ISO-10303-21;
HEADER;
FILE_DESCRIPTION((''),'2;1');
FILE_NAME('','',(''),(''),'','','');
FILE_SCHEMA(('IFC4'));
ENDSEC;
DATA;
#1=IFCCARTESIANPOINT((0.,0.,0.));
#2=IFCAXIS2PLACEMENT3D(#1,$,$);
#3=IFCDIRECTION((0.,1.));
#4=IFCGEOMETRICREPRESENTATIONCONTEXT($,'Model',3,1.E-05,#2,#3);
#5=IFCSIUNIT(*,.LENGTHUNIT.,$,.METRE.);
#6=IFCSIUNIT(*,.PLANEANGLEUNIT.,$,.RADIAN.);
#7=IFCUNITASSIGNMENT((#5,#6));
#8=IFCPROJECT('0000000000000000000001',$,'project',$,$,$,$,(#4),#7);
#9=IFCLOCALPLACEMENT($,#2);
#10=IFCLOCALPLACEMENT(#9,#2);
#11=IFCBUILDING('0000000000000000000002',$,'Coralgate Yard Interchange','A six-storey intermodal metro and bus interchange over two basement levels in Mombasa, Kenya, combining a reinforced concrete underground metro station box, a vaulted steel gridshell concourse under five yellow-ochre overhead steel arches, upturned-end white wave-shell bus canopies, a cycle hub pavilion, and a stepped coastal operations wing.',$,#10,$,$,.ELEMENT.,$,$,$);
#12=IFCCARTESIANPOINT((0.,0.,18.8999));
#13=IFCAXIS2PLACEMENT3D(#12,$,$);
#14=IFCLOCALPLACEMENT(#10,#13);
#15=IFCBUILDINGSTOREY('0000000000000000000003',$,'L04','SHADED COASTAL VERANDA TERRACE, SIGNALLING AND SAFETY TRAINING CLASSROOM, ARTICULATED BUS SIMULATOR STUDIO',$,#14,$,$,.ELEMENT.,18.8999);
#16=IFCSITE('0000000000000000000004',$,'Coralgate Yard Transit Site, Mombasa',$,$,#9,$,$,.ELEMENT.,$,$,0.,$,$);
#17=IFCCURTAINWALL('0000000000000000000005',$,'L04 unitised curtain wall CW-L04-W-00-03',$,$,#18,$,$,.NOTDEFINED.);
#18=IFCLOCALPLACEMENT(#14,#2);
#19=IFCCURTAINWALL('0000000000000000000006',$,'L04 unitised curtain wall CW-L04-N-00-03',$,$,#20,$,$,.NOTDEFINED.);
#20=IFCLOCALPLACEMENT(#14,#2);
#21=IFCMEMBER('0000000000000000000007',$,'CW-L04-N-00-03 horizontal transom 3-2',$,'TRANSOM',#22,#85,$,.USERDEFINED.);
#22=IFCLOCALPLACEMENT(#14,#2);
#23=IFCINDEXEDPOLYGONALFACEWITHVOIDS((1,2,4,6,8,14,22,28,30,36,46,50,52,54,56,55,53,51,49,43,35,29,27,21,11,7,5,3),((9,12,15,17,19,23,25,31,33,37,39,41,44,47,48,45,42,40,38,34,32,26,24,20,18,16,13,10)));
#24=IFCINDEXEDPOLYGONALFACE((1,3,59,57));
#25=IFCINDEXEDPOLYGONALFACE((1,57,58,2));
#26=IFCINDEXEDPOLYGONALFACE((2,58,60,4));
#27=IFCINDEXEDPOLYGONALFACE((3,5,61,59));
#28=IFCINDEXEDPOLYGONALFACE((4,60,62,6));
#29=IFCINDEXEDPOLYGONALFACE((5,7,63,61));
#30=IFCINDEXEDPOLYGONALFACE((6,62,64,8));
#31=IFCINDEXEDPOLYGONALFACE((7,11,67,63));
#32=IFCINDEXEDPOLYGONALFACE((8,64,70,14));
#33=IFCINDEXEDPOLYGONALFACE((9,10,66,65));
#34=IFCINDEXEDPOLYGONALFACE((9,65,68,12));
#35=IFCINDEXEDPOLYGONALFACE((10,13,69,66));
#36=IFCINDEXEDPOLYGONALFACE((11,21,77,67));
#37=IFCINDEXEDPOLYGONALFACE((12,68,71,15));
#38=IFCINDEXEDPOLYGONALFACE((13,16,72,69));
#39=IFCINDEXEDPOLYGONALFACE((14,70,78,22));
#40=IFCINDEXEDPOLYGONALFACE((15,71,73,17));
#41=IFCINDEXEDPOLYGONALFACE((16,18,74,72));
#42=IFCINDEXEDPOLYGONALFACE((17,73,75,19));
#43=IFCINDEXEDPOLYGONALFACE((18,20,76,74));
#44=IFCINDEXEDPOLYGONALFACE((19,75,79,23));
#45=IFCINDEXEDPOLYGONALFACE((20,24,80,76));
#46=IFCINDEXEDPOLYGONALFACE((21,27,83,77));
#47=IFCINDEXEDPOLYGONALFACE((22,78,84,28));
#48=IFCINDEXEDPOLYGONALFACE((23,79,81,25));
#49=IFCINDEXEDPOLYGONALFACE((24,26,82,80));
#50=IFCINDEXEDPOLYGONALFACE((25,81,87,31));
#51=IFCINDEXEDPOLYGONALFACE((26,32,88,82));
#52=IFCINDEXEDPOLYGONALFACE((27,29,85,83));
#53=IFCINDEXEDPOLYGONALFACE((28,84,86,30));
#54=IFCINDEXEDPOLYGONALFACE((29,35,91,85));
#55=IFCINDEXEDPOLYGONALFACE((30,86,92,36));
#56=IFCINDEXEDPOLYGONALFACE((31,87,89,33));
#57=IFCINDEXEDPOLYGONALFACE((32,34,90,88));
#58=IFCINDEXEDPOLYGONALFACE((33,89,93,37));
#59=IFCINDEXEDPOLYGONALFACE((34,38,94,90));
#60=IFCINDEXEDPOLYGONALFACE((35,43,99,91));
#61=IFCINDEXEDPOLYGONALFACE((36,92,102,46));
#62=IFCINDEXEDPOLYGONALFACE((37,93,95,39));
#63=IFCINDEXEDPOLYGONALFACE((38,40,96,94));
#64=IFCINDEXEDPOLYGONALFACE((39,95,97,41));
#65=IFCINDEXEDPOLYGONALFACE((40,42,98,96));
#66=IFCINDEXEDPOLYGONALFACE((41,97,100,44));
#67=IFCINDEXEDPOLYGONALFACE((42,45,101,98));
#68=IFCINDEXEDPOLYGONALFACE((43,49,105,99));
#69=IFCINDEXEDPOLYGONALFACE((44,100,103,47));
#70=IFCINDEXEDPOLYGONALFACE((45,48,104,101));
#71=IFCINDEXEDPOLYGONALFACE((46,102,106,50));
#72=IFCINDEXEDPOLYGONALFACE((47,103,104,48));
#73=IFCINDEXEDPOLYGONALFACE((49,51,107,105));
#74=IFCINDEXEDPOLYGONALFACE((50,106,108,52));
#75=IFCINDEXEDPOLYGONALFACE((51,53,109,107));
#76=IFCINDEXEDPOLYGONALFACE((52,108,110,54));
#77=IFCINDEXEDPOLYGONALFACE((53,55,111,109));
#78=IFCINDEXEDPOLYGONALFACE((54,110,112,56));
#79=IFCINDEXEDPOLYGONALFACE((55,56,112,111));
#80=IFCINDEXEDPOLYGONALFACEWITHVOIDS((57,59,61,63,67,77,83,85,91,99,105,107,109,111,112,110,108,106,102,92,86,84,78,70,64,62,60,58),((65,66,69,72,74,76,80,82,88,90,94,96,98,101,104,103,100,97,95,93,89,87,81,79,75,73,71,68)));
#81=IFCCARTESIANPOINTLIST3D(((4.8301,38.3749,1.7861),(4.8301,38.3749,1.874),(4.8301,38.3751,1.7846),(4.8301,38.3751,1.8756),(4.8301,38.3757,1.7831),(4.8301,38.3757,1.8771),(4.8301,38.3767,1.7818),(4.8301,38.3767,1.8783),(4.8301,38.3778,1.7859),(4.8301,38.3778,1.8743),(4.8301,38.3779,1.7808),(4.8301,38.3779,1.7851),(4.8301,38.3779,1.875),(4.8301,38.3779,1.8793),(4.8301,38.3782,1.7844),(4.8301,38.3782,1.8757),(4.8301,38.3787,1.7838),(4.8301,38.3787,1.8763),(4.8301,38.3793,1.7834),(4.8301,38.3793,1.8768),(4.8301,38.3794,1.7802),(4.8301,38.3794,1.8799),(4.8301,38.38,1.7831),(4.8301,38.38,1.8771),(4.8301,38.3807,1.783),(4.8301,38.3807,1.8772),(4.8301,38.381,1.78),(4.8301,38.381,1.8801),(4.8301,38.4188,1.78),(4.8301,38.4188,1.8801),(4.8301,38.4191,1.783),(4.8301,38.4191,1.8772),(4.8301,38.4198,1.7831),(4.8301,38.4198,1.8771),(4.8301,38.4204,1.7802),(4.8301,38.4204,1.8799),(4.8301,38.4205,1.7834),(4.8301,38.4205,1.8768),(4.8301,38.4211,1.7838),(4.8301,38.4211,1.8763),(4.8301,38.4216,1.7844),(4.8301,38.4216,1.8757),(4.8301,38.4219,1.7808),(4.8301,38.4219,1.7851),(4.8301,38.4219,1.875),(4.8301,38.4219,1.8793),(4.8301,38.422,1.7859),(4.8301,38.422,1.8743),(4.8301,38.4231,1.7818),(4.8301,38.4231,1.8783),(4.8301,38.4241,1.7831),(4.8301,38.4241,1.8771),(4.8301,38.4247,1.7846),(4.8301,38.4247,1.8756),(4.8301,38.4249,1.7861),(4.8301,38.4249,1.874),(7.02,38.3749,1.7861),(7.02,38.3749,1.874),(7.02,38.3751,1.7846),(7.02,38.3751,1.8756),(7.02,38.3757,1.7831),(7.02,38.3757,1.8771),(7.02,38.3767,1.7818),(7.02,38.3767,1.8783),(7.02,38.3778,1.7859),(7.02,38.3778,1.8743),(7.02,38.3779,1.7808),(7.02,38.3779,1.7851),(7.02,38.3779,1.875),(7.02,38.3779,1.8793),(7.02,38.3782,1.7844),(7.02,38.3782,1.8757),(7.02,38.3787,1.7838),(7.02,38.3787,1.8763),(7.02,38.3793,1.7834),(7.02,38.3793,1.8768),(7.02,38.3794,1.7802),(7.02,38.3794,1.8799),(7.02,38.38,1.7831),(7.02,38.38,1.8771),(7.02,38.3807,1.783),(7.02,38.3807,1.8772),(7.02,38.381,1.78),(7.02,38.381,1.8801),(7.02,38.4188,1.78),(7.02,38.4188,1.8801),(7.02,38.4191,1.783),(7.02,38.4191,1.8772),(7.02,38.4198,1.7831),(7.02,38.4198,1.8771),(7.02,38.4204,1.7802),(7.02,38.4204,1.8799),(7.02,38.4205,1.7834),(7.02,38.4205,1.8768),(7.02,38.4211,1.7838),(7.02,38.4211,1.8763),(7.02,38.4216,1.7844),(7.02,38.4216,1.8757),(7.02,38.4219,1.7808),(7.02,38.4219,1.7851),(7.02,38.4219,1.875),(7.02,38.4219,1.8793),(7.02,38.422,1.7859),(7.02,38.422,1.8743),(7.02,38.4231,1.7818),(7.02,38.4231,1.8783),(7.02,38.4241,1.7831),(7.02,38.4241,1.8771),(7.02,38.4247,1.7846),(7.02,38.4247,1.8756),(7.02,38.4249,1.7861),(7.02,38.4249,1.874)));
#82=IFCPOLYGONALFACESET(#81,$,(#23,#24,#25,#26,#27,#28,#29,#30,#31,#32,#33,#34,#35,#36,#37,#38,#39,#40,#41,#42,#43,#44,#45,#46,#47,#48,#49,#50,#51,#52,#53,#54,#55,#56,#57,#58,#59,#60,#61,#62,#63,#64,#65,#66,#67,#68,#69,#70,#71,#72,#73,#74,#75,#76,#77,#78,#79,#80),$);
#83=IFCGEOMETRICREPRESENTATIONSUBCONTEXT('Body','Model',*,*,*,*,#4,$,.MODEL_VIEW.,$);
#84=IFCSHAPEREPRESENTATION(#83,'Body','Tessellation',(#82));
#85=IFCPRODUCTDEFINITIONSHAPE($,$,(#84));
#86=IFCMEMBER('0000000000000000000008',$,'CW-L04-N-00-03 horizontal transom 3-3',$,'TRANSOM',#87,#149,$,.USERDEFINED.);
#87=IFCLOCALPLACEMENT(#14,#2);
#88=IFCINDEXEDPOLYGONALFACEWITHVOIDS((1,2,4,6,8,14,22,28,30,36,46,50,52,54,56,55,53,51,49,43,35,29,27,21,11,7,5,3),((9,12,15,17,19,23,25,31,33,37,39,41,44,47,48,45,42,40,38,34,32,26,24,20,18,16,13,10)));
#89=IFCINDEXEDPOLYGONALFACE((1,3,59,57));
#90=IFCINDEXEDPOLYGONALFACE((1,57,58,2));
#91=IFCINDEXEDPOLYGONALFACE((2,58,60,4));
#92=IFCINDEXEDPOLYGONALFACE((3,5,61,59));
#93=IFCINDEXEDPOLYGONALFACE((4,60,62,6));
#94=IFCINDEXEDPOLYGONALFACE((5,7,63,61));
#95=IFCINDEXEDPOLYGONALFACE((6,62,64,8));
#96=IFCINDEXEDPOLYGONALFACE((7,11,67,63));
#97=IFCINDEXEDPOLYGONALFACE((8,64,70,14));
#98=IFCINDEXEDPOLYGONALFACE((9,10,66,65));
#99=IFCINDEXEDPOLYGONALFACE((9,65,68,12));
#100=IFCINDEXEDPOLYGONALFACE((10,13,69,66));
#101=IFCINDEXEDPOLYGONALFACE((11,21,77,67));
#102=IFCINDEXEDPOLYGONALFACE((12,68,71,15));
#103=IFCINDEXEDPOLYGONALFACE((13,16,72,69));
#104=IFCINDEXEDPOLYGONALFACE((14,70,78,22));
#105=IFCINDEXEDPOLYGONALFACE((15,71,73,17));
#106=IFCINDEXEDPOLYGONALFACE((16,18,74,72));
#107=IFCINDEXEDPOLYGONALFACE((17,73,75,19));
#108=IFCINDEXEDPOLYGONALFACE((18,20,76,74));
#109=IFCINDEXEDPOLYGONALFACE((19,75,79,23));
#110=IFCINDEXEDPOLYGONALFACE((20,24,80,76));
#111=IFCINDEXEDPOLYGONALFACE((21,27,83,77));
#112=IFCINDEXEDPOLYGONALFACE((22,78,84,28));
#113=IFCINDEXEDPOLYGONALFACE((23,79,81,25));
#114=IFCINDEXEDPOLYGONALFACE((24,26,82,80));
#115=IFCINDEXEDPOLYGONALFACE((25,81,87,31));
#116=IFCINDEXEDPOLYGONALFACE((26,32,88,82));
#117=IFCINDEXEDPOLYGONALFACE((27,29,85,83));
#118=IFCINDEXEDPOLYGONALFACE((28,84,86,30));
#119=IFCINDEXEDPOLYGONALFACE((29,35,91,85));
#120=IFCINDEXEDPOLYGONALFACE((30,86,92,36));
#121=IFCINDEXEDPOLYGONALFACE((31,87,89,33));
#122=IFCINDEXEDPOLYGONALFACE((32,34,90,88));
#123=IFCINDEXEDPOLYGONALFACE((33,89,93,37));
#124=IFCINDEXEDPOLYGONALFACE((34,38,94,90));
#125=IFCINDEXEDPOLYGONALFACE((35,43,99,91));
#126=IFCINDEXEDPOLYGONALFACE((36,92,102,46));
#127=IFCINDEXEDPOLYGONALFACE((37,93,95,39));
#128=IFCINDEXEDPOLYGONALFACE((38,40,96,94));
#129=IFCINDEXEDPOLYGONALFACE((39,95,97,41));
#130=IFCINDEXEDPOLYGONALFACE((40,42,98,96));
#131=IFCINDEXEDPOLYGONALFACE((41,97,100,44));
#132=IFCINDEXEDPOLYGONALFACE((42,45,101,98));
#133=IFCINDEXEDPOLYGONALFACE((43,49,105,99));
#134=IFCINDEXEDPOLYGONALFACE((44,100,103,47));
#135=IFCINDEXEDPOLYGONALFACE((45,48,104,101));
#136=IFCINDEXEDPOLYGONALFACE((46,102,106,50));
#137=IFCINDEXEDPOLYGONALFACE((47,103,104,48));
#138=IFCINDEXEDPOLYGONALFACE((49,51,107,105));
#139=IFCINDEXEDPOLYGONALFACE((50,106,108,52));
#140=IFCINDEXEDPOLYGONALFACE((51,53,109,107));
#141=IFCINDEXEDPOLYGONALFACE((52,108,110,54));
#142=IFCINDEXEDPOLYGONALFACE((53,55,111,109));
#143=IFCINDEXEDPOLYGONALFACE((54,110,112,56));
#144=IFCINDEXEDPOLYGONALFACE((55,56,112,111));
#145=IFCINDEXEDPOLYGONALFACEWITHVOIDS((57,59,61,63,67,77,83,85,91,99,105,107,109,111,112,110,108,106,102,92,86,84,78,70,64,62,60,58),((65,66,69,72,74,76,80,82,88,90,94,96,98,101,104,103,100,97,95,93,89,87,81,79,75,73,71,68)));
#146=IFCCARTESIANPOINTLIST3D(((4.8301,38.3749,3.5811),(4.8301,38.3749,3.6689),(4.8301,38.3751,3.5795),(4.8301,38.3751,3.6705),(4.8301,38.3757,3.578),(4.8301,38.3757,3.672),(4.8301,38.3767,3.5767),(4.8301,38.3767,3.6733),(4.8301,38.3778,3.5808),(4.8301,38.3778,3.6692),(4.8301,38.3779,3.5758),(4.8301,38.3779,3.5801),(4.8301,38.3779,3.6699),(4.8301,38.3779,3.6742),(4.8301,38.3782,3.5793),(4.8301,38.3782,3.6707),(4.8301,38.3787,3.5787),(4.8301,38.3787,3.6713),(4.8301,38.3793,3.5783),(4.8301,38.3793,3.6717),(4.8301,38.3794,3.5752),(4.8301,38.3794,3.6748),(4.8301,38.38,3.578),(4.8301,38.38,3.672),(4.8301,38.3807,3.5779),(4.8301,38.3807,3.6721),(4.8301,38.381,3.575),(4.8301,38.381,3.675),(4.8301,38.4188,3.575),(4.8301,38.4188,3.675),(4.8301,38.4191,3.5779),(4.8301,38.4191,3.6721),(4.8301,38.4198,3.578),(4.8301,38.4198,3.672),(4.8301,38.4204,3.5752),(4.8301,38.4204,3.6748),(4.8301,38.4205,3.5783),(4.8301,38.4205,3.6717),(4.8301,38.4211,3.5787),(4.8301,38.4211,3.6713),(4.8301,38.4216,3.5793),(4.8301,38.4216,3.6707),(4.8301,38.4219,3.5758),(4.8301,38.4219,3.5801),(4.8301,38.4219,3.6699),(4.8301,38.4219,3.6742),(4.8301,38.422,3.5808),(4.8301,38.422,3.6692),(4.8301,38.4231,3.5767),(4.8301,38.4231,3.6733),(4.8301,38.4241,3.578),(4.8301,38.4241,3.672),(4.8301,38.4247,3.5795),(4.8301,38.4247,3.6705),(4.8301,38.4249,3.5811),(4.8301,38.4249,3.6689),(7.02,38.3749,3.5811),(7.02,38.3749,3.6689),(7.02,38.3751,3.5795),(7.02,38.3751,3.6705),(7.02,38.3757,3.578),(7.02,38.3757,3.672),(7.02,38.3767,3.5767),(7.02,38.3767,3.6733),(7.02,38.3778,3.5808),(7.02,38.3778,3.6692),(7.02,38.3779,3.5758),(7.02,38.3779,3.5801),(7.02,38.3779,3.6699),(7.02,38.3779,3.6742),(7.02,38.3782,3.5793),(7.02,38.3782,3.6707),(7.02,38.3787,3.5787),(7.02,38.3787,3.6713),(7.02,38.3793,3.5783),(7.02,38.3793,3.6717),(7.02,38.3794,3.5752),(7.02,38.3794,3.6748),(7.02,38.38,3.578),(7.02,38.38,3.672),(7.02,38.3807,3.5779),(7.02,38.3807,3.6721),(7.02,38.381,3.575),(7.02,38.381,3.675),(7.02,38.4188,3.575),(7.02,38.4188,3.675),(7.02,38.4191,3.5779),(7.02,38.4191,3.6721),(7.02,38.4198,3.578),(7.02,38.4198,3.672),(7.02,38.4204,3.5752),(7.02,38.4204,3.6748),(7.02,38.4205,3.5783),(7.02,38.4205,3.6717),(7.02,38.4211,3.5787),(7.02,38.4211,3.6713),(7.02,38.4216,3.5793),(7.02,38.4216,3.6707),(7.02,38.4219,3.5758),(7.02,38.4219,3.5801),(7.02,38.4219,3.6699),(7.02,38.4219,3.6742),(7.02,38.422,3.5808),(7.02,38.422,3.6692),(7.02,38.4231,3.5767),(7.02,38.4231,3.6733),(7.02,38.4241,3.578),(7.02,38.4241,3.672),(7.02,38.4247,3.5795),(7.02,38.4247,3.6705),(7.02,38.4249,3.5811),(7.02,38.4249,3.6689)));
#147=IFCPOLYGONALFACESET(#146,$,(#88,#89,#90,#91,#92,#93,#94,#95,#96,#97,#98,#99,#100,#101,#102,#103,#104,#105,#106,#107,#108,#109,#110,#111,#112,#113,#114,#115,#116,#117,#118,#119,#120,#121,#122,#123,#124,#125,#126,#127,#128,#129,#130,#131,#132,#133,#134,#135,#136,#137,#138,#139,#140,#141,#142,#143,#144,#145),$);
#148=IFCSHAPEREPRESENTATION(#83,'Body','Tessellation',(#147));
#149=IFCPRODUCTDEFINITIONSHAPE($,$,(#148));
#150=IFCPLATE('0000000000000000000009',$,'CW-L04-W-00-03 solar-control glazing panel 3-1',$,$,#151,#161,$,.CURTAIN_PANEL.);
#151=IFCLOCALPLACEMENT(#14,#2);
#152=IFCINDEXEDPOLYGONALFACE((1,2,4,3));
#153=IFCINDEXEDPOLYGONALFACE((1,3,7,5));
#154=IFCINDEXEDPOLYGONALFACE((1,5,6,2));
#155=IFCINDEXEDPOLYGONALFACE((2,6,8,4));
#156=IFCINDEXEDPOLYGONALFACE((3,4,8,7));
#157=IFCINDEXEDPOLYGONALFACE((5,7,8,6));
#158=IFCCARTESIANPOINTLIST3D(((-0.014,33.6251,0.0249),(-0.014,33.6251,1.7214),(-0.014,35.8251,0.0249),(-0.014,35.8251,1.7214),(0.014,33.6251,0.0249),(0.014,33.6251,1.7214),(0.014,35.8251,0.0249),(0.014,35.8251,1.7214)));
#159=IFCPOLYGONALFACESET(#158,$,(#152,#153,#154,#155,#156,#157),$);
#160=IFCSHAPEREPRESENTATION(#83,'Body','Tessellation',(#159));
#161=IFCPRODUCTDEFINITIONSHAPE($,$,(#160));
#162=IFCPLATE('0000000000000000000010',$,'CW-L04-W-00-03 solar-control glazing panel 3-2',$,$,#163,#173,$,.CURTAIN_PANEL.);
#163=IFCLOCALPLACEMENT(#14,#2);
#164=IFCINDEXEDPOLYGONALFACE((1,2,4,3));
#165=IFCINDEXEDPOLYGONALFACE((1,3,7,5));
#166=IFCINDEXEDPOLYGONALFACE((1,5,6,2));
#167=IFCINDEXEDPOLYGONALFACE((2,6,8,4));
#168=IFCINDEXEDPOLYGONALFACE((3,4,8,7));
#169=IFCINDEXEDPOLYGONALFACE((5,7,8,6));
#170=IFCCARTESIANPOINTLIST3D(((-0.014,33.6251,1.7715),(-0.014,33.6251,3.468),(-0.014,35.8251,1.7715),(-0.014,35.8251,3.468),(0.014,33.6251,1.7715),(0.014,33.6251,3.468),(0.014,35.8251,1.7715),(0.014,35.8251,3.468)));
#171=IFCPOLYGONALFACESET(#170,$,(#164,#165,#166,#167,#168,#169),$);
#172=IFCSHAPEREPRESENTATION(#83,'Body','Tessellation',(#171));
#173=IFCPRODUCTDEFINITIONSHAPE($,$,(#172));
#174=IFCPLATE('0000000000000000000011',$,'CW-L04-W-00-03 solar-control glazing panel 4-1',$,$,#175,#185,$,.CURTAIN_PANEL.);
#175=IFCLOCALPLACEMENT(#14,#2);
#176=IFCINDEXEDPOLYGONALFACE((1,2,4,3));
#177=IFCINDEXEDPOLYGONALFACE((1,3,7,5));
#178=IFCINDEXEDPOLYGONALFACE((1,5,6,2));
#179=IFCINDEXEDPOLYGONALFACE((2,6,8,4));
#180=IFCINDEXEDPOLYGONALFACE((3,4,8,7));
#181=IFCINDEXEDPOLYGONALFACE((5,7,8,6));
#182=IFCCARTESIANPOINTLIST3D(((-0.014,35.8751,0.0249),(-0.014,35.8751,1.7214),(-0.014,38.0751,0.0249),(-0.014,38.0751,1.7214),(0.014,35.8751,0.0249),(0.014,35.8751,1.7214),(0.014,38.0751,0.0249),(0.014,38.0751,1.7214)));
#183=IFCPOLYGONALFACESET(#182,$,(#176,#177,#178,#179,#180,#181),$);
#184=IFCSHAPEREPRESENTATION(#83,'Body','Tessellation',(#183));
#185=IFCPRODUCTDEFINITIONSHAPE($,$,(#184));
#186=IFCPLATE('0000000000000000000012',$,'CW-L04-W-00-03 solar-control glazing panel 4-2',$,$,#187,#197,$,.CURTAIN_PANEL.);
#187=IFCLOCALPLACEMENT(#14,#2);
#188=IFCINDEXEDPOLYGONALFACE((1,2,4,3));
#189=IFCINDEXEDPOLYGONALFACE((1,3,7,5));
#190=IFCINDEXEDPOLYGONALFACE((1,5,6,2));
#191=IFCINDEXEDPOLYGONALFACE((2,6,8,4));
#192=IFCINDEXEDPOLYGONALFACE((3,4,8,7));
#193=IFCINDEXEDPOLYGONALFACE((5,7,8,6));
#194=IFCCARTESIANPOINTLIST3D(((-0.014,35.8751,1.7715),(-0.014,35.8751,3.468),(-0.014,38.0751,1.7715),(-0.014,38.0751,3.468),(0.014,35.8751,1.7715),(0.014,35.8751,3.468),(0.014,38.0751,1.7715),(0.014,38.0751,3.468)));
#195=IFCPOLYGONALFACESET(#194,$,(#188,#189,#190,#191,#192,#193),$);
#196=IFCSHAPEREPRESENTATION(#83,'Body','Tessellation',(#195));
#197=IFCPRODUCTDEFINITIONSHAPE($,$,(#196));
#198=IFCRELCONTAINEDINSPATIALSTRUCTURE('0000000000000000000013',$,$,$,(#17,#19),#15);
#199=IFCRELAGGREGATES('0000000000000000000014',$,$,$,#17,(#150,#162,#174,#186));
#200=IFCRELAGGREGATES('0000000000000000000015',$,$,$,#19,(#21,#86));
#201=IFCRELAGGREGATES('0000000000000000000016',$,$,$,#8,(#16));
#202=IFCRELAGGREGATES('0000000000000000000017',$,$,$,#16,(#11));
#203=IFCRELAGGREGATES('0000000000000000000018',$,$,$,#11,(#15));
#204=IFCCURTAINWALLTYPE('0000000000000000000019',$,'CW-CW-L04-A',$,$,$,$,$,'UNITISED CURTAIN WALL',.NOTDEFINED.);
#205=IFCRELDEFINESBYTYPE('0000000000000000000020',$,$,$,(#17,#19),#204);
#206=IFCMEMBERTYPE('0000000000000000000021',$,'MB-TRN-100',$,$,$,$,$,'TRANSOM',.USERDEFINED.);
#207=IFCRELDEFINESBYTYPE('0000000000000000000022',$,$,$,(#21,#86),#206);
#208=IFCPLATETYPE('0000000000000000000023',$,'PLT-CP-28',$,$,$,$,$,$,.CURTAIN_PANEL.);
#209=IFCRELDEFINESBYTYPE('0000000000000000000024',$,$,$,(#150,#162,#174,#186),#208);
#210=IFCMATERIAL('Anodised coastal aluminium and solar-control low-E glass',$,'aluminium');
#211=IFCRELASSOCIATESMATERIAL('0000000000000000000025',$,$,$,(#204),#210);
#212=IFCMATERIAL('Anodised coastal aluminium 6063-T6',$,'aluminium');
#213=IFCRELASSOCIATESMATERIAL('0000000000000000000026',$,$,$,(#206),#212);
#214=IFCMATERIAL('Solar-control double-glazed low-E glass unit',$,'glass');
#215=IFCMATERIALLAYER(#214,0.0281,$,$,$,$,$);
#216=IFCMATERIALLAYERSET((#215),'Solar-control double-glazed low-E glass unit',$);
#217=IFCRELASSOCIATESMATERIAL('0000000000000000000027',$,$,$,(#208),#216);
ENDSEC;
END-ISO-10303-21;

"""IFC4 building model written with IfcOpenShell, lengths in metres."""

from ifc_helpers import new_model, si_unit, direction, frame, origin, origin_2d, place, context, subcontext, project, spatial, rectangle, hollow_rectangle, extrude, material, layer, layer_set, material_profile, profile_set, type_object, element, aggregate, save


model = new_model("IFC4")

# Units and contexts
model_context = context("Model", 3, precision=1e-05, world=origin(), true_north=direction((0.0, 1.0)))
body_context = subcontext(model_context, "Body", "Model", "MODEL_VIEW")
ifc_project = project(units=[si_unit("LENGTHUNIT", "METRE"), si_unit("PLANEANGLEUNIT", "RADIAN")], contexts=[model_context])

# Site, building, storey
site_placement = place(None, origin())
site = spatial("IfcSite", under=ifc_project, at=site_placement, Name="Coralgate Yard Transit Site, Mombasa", CompositionType="ELEMENT", RefElevation=0.0)
building_placement = place(site_placement, origin())
building = spatial("IfcBuilding", under=site, at=building_placement, Name="Coralgate Yard Interchange", Description="A six-storey intermodal metro and bus interchange over two basement levels in Mombasa, Kenya, combining a reinforced concrete underground metro station box, a vaulted steel gridshell concourse under five yellow-ochre overhead steel arches, upturned-end white wave-shell bus canopies, a cycle hub pavilion, and a stepped coastal operations wing.", CompositionType="ELEMENT")
storey_placement = place(building_placement, frame((0.0, 0.0, 18.8999)))
storey = spatial("IfcBuildingStorey", under=building, at=storey_placement, Name="L04", Description="SHADED COASTAL VERANDA TERRACE, SIGNALLING AND SAFETY TRAINING CLASSROOM, ARTICULATED BUS SIMULATOR STUDIO", CompositionType="ELEMENT", Elevation=18.8999)

# Curtain walls
ifc_material_1 = material(Name="Anodised coastal aluminium and solar-control low-E glass", Category="aluminium")
curtain_wall_type = type_object("IfcCurtainWallType", Name="CW-CW-L04-A", ElementType="UNITISED CURTAIN WALL", PredefinedType="NOTDEFINED", material=ifc_material_1)
curtain_wall_1_placement = place(storey_placement, origin())
curtain_wall_1 = element("IfcCurtainWall", 1, at=curtain_wall_1_placement, inside=storey, type_object=curtain_wall_type, Name="L04 unitised curtain wall CW-L04-W-00-03", PredefinedType="NOTDEFINED")
ifc_material_2 = material(Name="Anodised coastal aluminium 6063-T6", Category="aluminium")
curtain_wall_2_placement = place(storey_placement, origin())
curtain_wall_2 = element("IfcCurtainWall", 2, at=curtain_wall_2_placement, inside=storey, type_object=curtain_wall_type, Name="L04 unitised curtain wall CW-L04-N-00-03", PredefinedType="NOTDEFINED")

# Members
ifc_material_profile_1 = material_profile(ifc_material_2, hollow_rectangle(XDim=0.05, YDim=0.1001, WallThickness=0.0029, InnerFilletRadius=0.0029, OuterFilletRadius=0.0061, at=origin_2d()), Name="ALU 50x100x3")
ifc_profile_set_1 = profile_set([ifc_material_profile_1], Name="Anodised coastal aluminium 6063-T6")
member_type_1 = type_object("IfcMemberType", Name="MB-TRN-100", ElementType="TRANSOM", PredefinedType="USERDEFINED", material=ifc_profile_set_1)
member_1_placement = place(storey_placement, frame((4.8301, 38.3999, 1.8301), z_axis=(1.0, 0.0, 0.0), x_axis=(0.0, 1.0, 0.0)))
member_1 = element("IfcMember", 3, at=member_1_placement, type_object=member_type_1, Name="CW-L04-N-00-03 horizontal transom 3-2", ObjectType="TRANSOM", PredefinedType="USERDEFINED", context=body_context, shape_type="SweptSolid", body=[
    extrude(hollow_rectangle(XDim=0.05, YDim=0.1001, WallThickness=0.0029, InnerFilletRadius=0.0029, OuterFilletRadius=0.0061, at=origin_2d()), origin(), (0.0, 0.0, 1.0), 2.1899),
])
member_2_placement = place(storey_placement, frame((4.8301, 38.3999, 3.625), z_axis=(1.0, 0.0, 0.0), x_axis=(0.0, 1.0, 0.0)))
member_2 = element("IfcMember", 4, at=member_2_placement, type_object=member_type_1, Name="CW-L04-N-00-03 horizontal transom 3-3", ObjectType="TRANSOM", PredefinedType="USERDEFINED", context=body_context, shape_type="SweptSolid", body=[
    extrude(hollow_rectangle(XDim=0.05, YDim=0.1001, WallThickness=0.0029, InnerFilletRadius=0.0029, OuterFilletRadius=0.0061, at=origin_2d()), origin(), (0.0, 0.0, 1.0), 2.1899),
])

# Plates
ifc_material_3 = material(Name="Solar-control double-glazed low-E glass unit", Category="glass")
ifc_layer_1 = layer(ifc_material_3, 0.0281)
ifc_layer_set_1 = layer_set([ifc_layer_1], Name="Solar-control double-glazed low-E glass unit")
plate_type = type_object("IfcPlateType", Name="PLT-CP-28", PredefinedType="CURTAIN_PANEL", material=ifc_layer_set_1)
plate_1_placement = place(storey_placement, frame((0.0, 34.7251, 0.0249), z_axis=(0.0, 0.0, 1.0), x_axis=(0.0, 1.0, 0.0)))
plate_1 = element("IfcPlate", 5, at=plate_1_placement, type_object=plate_type, Name="CW-L04-W-00-03 solar-control glazing panel 3-1", PredefinedType="CURTAIN_PANEL", context=body_context, shape_type="SweptSolid", body=[
    extrude(rectangle(XDim=2.2, YDim=0.0281, at=origin_2d()), origin(), (0.0, 0.0, 1.0), 1.6965),
])
plate_2_placement = place(storey_placement, frame((0.0, 34.7251, 1.7715), z_axis=(0.0, 0.0, 1.0), x_axis=(0.0, 1.0, 0.0)))
plate_2 = element("IfcPlate", 6, at=plate_2_placement, type_object=plate_type, Name="CW-L04-W-00-03 solar-control glazing panel 3-2", PredefinedType="CURTAIN_PANEL", context=body_context, shape_type="SweptSolid", body=[
    extrude(rectangle(XDim=2.2, YDim=0.0281, at=origin_2d()), origin(), (0.0, 0.0, 1.0), 1.6965),
])
plate_3_placement = place(storey_placement, frame((0.0, 36.9751, 0.0249), z_axis=(0.0, 0.0, 1.0), x_axis=(0.0, 1.0, 0.0)))
plate_3 = element("IfcPlate", 7, at=plate_3_placement, type_object=plate_type, Name="CW-L04-W-00-03 solar-control glazing panel 4-1", PredefinedType="CURTAIN_PANEL", context=body_context, shape_type="SweptSolid", body=[
    extrude(rectangle(XDim=2.2, YDim=0.0281, at=origin_2d()), origin(), (0.0, 0.0, 1.0), 1.6965),
])
plate_4_placement = place(storey_placement, frame((0.0, 36.9751, 1.7715), z_axis=(0.0, 0.0, 1.0), x_axis=(0.0, 1.0, 0.0)))
plate_4 = element("IfcPlate", 8, at=plate_4_placement, type_object=plate_type, Name="CW-L04-W-00-03 solar-control glazing panel 4-2", PredefinedType="CURTAIN_PANEL", context=body_context, shape_type="SweptSolid", body=[
    extrude(rectangle(XDim=2.2, YDim=0.0281, at=origin_2d()), origin(), (0.0, 0.0, 1.0), 1.6965),
])
aggregate(curtain_wall_1, [plate_1, plate_2, plate_3, plate_4])
aggregate(curtain_wall_2, [member_1, member_2])

save(model, "model.ifc")
